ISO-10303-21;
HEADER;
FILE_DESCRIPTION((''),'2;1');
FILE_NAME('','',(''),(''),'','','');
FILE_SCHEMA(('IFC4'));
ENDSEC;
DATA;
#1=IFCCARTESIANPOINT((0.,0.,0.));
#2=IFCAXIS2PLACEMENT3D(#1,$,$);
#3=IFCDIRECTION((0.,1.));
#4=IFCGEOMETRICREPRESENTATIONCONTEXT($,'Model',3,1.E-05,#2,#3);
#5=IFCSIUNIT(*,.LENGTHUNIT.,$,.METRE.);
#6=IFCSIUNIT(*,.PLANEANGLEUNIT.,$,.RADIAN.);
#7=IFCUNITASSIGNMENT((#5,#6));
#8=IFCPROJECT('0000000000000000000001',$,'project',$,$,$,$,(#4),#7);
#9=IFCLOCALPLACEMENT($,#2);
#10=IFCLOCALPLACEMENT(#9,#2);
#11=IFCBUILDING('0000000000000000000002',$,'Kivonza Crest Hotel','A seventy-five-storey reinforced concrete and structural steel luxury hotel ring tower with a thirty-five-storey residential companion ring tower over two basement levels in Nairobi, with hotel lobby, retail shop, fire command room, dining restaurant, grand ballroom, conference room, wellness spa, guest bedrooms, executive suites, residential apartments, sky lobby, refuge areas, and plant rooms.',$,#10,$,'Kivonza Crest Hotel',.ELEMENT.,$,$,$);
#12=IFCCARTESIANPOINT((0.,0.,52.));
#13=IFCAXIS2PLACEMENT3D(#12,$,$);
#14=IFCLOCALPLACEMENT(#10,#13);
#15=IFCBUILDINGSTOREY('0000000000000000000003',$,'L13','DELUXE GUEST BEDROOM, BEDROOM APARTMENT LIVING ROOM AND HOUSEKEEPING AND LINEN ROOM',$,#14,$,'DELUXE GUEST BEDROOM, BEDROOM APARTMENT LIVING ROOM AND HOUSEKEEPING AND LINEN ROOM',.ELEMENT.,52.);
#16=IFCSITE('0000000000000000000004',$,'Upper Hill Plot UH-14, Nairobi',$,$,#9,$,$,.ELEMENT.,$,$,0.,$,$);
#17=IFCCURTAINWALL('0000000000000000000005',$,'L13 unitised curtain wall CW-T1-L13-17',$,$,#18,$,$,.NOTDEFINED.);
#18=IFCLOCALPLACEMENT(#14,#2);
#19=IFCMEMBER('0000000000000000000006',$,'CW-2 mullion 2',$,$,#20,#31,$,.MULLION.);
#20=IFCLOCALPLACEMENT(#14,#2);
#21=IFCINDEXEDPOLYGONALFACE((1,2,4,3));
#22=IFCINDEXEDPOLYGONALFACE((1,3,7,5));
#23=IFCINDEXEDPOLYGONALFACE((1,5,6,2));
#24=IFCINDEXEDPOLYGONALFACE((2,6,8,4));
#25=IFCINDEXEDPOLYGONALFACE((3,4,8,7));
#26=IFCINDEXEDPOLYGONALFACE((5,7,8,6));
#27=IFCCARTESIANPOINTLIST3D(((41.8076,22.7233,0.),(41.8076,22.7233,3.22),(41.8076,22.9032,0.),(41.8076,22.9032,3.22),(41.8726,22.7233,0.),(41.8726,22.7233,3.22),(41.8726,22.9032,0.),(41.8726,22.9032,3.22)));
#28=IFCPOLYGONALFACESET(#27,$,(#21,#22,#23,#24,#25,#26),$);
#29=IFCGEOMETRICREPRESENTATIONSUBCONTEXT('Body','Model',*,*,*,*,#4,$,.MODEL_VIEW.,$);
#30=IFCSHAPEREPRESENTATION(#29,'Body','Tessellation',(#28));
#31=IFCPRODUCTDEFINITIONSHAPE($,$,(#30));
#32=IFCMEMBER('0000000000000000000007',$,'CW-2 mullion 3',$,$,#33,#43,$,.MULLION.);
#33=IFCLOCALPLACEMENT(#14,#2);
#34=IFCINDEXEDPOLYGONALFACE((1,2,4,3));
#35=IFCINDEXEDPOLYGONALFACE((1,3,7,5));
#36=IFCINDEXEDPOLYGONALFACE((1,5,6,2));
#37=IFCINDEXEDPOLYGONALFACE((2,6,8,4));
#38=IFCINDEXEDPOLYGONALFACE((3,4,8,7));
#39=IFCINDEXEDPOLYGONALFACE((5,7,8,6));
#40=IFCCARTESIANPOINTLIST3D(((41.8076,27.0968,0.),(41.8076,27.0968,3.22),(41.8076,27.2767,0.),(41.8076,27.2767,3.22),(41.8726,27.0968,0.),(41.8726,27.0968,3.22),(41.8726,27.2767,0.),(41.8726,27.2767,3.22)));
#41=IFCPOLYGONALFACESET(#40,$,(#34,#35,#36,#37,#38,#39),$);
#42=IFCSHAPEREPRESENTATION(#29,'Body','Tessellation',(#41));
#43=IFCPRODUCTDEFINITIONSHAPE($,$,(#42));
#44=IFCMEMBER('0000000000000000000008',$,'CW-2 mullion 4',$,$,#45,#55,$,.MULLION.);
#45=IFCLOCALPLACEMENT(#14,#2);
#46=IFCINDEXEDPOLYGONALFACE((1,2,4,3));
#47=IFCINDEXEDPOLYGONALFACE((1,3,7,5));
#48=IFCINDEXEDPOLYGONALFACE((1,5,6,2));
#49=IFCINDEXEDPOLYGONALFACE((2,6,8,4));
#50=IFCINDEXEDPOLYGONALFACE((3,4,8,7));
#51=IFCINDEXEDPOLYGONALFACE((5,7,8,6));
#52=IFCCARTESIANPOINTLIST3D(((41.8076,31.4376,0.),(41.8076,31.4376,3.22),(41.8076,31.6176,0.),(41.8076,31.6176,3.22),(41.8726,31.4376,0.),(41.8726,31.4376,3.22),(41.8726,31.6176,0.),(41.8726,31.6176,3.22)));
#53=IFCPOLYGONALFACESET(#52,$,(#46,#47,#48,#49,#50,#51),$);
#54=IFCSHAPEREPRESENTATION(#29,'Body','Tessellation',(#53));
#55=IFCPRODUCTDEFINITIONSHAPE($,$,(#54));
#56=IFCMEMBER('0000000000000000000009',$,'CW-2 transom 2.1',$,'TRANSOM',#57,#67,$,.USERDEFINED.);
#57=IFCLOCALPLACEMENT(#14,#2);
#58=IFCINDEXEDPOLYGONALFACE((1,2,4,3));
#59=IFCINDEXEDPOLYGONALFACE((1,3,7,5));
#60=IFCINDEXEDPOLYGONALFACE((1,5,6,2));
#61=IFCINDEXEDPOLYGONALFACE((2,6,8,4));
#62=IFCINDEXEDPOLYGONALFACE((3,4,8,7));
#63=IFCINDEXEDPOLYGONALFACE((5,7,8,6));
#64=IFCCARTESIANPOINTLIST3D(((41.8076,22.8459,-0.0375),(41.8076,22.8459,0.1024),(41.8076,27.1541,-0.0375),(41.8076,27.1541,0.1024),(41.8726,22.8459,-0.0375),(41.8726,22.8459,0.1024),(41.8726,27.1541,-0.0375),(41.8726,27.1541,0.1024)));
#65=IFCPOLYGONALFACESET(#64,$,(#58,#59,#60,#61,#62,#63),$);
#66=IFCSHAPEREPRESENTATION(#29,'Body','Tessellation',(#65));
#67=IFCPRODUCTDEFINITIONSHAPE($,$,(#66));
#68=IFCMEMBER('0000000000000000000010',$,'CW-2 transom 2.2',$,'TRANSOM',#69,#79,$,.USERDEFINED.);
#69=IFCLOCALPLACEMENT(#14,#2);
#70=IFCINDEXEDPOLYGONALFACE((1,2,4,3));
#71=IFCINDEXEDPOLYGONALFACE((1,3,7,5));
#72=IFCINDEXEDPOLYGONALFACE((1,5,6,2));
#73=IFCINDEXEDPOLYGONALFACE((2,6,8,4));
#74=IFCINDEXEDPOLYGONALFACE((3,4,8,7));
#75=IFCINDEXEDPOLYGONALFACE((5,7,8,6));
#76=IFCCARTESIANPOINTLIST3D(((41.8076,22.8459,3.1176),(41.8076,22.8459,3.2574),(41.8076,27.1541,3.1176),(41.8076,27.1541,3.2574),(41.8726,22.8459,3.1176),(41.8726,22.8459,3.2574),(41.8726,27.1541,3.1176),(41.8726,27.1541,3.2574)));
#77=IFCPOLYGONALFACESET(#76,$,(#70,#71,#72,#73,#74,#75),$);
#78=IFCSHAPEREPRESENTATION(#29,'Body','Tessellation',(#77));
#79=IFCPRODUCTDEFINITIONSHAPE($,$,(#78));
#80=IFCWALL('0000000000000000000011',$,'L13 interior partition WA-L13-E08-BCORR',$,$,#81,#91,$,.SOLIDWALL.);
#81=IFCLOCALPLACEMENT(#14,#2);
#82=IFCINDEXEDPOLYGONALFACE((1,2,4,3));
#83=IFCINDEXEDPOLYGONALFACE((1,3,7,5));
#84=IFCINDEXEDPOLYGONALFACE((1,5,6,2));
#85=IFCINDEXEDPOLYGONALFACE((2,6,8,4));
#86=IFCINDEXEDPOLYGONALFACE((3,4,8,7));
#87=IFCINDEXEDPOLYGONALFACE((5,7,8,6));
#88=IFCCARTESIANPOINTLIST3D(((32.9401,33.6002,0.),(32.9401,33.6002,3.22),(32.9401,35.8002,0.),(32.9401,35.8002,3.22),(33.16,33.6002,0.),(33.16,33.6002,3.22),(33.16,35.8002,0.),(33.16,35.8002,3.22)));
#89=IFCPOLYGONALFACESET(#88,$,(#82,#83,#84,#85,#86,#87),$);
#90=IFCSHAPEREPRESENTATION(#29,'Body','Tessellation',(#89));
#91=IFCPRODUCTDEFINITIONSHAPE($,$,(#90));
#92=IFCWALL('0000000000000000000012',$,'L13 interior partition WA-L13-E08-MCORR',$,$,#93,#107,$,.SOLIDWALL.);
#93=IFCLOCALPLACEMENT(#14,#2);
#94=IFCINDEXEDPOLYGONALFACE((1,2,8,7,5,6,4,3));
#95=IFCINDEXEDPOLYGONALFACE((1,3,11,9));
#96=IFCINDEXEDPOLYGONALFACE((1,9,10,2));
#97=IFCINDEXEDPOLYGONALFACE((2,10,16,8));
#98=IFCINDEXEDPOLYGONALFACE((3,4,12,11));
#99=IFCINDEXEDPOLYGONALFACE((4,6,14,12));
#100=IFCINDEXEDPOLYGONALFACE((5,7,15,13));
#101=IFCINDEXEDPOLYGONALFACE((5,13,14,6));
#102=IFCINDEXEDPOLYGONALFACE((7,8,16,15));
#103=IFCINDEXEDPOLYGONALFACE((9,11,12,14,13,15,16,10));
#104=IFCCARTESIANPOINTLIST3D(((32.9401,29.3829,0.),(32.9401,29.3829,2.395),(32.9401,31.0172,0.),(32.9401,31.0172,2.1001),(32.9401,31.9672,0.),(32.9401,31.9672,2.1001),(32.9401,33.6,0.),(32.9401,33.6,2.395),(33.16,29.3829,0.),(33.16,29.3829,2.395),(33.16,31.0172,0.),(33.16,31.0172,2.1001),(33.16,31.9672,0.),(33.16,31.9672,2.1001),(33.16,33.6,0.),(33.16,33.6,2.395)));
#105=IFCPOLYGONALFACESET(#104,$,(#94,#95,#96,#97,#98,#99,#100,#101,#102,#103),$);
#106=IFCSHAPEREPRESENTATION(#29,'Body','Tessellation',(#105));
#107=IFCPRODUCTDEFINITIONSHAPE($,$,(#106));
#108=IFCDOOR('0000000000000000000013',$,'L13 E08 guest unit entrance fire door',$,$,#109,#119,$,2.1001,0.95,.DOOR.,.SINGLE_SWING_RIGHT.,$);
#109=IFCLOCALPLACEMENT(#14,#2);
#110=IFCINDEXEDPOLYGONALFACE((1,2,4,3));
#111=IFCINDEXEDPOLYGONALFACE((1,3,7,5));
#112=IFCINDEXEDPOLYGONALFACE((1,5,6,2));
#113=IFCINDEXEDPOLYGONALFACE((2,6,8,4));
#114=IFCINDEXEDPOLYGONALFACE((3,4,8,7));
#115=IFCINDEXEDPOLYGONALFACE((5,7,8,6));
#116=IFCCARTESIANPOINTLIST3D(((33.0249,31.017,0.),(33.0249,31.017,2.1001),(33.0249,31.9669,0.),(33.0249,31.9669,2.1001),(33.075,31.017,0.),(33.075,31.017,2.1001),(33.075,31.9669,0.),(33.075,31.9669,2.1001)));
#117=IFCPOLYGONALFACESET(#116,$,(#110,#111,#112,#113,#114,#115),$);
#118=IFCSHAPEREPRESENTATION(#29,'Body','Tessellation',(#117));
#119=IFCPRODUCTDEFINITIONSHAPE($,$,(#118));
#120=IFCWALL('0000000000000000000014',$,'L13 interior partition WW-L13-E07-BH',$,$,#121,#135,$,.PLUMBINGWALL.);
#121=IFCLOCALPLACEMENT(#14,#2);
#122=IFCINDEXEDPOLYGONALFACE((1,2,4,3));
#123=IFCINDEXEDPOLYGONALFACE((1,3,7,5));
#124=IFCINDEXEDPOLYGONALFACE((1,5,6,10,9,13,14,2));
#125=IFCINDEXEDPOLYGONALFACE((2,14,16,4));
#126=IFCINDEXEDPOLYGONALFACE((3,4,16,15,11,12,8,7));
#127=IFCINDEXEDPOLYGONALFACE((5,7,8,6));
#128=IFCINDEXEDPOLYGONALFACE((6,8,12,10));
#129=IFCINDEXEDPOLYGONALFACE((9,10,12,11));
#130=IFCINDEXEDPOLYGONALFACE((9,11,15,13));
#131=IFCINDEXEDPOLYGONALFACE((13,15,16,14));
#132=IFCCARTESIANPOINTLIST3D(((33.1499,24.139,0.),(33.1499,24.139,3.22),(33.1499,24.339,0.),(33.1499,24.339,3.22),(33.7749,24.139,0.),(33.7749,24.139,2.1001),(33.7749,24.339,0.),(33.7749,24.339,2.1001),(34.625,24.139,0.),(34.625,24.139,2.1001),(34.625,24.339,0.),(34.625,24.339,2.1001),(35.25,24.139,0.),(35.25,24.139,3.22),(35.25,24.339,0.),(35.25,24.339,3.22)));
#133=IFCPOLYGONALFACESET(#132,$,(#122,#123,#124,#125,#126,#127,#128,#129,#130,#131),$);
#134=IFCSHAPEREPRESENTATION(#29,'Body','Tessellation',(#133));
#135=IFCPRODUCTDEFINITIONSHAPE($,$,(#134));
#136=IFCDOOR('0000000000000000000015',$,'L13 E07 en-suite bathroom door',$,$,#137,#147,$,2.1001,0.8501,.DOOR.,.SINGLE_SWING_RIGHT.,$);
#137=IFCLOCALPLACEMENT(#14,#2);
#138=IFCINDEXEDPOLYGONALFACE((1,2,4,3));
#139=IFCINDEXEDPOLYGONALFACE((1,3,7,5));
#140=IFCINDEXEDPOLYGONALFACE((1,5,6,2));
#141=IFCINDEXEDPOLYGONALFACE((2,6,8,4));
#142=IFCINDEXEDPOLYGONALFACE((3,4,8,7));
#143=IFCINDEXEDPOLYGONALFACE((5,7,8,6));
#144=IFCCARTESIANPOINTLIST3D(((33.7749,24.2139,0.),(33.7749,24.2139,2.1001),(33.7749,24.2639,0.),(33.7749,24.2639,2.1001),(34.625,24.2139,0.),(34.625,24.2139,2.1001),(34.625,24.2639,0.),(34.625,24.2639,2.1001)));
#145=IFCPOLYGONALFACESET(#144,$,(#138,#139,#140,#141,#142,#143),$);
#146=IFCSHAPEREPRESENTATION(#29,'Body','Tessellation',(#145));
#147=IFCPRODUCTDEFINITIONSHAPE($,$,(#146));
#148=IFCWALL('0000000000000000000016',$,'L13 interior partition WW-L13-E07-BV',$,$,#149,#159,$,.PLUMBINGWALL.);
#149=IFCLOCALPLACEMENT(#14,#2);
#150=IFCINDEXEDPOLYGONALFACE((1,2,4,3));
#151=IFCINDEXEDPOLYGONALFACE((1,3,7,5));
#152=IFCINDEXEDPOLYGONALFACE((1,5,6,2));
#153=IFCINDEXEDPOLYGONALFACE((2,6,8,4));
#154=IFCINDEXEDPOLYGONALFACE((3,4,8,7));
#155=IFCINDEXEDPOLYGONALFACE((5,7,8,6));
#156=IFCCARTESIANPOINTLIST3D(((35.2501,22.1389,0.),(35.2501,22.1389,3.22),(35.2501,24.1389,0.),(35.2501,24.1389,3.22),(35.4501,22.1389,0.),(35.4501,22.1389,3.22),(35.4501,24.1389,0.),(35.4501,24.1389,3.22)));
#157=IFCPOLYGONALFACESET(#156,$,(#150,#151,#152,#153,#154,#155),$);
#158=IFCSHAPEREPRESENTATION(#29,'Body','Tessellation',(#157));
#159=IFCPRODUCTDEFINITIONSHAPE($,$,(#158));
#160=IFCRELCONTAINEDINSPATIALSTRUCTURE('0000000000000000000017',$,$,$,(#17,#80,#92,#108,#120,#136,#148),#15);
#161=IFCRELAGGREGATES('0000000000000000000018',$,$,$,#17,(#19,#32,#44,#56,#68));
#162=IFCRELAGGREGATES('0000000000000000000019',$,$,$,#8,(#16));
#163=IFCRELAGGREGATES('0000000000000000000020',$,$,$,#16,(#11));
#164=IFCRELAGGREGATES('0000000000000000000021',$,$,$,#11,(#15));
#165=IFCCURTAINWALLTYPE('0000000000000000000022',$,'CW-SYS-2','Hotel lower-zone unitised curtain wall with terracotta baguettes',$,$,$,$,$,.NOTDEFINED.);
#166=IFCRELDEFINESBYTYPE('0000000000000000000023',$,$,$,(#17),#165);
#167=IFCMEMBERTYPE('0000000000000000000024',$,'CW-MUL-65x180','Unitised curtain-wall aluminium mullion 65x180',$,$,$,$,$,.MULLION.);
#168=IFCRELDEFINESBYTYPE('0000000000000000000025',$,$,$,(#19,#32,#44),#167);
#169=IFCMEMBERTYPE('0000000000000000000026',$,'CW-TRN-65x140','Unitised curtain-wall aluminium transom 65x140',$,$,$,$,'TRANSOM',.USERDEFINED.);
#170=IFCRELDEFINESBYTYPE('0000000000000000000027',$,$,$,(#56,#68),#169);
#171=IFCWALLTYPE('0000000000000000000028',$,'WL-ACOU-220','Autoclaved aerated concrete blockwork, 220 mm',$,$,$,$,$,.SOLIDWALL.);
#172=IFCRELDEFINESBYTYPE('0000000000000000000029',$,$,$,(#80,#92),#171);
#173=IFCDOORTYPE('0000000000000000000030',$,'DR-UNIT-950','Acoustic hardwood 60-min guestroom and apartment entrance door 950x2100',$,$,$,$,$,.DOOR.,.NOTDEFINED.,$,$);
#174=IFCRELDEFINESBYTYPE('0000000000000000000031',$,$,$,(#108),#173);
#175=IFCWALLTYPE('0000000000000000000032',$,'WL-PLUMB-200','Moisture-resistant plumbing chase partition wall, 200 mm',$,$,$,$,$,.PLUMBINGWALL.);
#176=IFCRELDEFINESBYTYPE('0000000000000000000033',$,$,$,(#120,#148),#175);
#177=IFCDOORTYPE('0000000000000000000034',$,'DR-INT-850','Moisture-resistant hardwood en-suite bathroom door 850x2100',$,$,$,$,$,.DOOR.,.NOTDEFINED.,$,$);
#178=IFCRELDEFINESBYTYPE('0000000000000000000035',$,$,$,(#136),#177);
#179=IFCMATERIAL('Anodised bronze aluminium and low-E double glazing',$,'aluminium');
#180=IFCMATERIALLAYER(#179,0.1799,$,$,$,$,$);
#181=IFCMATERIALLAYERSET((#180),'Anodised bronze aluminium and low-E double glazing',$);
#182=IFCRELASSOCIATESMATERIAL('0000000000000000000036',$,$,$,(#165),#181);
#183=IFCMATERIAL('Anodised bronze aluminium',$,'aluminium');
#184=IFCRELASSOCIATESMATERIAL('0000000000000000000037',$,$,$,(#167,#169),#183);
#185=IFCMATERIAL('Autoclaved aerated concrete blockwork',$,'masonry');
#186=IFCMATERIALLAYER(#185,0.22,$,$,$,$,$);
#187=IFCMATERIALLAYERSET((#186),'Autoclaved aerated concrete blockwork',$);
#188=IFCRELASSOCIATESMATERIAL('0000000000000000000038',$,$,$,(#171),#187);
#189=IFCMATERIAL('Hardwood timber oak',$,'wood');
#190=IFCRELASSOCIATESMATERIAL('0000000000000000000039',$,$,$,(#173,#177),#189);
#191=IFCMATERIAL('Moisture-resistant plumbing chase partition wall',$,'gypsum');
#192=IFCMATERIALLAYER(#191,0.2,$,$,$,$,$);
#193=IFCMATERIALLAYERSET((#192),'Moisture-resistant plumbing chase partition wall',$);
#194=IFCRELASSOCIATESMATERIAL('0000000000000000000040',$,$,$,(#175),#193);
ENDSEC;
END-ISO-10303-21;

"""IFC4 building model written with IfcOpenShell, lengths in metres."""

from ifc_helpers import new_model, si_unit, direction, frame, frame_2d, origin, origin_2d, place, context, subcontext, project, spatial, rectangle, extrude, material, layer, layer_set, material_profile, profile_set, type_object, element, fill, aggregate, save


model = new_model("IFC4")

# Units and contexts
model_context = context("Model", 3, precision=1e-05, world=origin(), true_north=direction((0.0, 1.0)))
body_context = subcontext(model_context, "Body", "Model", "MODEL_VIEW")
ifc_project = project(units=[si_unit("LENGTHUNIT", "METRE"), si_unit("PLANEANGLEUNIT", "RADIAN")], contexts=[model_context])

# Site, building, storey
site_placement = place(None, origin())
site = spatial("IfcSite", under=ifc_project, at=site_placement, Name="Upper Hill Plot UH-14, Nairobi", CompositionType="ELEMENT", RefElevation=0.0)
building_placement = place(site_placement, origin())
building = spatial("IfcBuilding", under=site, at=building_placement, Name="Kivonza Crest Hotel", Description="A seventy-five-storey reinforced concrete and structural steel luxury hotel ring tower with a thirty-five-storey residential companion ring tower over two basement levels in Nairobi, with hotel lobby, retail shop, fire command room, dining restaurant, grand ballroom, conference room, wellness spa, guest bedrooms, executive suites, residential apartments, sky lobby, refuge areas, and plant rooms.", LongName="Kivonza Crest Hotel", CompositionType="ELEMENT")
storey_placement = place(building_placement, frame((0.0, 0.0, 52.0)))
storey = spatial("IfcBuildingStorey", under=building, at=storey_placement, Name="L13", Description="DELUXE GUEST BEDROOM, BEDROOM APARTMENT LIVING ROOM AND HOUSEKEEPING AND LINEN ROOM", LongName="DELUXE GUEST BEDROOM, BEDROOM APARTMENT LIVING ROOM AND HOUSEKEEPING AND LINEN ROOM", CompositionType="ELEMENT", Elevation=52.0)

# Curtain wall, members
ifc_material_1 = material(Name="Anodised bronze aluminium and low-E double glazing", Category="aluminium")
ifc_layer_1 = layer(ifc_material_1, 0.1799)
ifc_layer_set_1 = layer_set([ifc_layer_1], Name="Anodised bronze aluminium and low-E double glazing")
curtain_wall_type = type_object("IfcCurtainWallType", Name="CW-SYS-2", Description="Hotel lower-zone unitised curtain wall with terracotta baguettes", PredefinedType="NOTDEFINED", material=ifc_layer_set_1)
curtain_wall_placement = place(storey_placement, origin())
curtain_wall = element("IfcCurtainWall", 1, at=curtain_wall_placement, inside=storey, type_object=curtain_wall_type, Name="L13 unitised curtain wall CW-T1-L13-17", PredefinedType="NOTDEFINED")
ifc_material_2 = material(Name="Anodised bronze aluminium", Category="aluminium")
ifc_material_profile_1 = material_profile(ifc_material_2, rectangle(XDim=0.0649, YDim=0.1799, at=origin_2d()), Name="CW-M 65x180")
ifc_profile_set_1 = profile_set([ifc_material_profile_1], Name="Anodised bronze aluminium")
member_type_1 = type_object("IfcMemberType", Name="CW-MUL-65x180", Description="Unitised curtain-wall aluminium mullion 65x180", PredefinedType="MULLION", material=ifc_profile_set_1)
member_1_placement = place(storey_placement, frame((41.8401, 22.8132, 0.0), z_axis=(0.0, 0.0, 1.0), x_axis=(-1.0, 0.0, 0.0)))
member_1 = element("IfcMember", 2, at=member_1_placement, type_object=member_type_1, Name="CW-2 mullion 2", PredefinedType="MULLION", context=body_context, shape_type="SweptSolid", body=[
    extrude(rectangle(XDim=0.0649, YDim=0.1799, at=origin_2d()), origin(), (0.0, 0.0, 1.0), 3.22),
])
member_2_placement = place(storey_placement, frame((41.8401, 27.1868, 0.0), z_axis=(0.0, 0.0, 1.0), x_axis=(-1.0, 0.0, 0.0)))
member_2 = element("IfcMember", 3, at=member_2_placement, type_object=member_type_1, Name="CW-2 mullion 3", PredefinedType="MULLION", context=body_context, shape_type="SweptSolid", body=[
    extrude(rectangle(XDim=0.0649, YDim=0.1799, at=origin_2d()), origin(), (0.0, 0.0, 1.0), 3.22),
])
member_3_placement = place(storey_placement, frame((41.8401, 31.5276, 0.0), z_axis=(0.0, 0.0, 1.0), x_axis=(-1.0, 0.0, 0.0)))
member_3 = element("IfcMember", 4, at=member_3_placement, type_object=member_type_1, Name="CW-2 mullion 4", PredefinedType="MULLION", context=body_context, shape_type="SweptSolid", body=[
    extrude(rectangle(XDim=0.0649, YDim=0.1799, at=origin_2d()), origin(), (0.0, 0.0, 1.0), 3.22),
])
ifc_material_profile_2 = material_profile(ifc_material_2, rectangle(XDim=0.0649, YDim=0.1399, at=origin_2d()), Name="CW-T 65x140")
ifc_profile_set_2 = profile_set([ifc_material_profile_2], Name="Anodised bronze aluminium")
member_type_2 = type_object("IfcMemberType", Name="CW-TRN-65x140", Description="Unitised curtain-wall aluminium transom 65x140", ElementType="TRANSOM", PredefinedType="USERDEFINED", material=ifc_profile_set_2)
member_4_placement = place(storey_placement, frame((41.8401, 22.8459, 0.0325), z_axis=(0.0, 1.0, 0.0), x_axis=(-1.0, 0.0, 0.0)))
member_4 = element("IfcMember", 5, at=member_4_placement, type_object=member_type_2, Name="CW-2 transom 2.1", ObjectType="TRANSOM", PredefinedType="USERDEFINED", context=body_context, shape_type="SweptSolid", body=[
    extrude(rectangle(XDim=0.0649, YDim=0.1399, at=origin_2d()), origin(), (0.0, 0.0, 1.0), 4.3081),
])
member_5_placement = place(storey_placement, frame((41.8401, 22.8459, 3.1875), z_axis=(0.0, 1.0, 0.0), x_axis=(-1.0, 0.0, 0.0)))
member_5 = element("IfcMember", 6, at=member_5_placement, type_object=member_type_2, Name="CW-2 transom 2.2", ObjectType="TRANSOM", PredefinedType="USERDEFINED", context=body_context, shape_type="SweptSolid", body=[
    extrude(rectangle(XDim=0.0649, YDim=0.1399, at=origin_2d()), origin(), (0.0, 0.0, 1.0), 4.3081),
])
aggregate(curtain_wall, [member_1, member_2, member_3, member_4, member_5])

# Wall
ifc_material_3 = material(Name="Autoclaved aerated concrete blockwork", Category="masonry")
ifc_layer_2 = layer(ifc_material_3, 0.22)
ifc_layer_set_2 = layer_set([ifc_layer_2], Name="Autoclaved aerated concrete blockwork")
wall_type_1 = type_object("IfcWallType", Name="WL-ACOU-220", Description="Autoclaved aerated concrete blockwork, 220 mm", PredefinedType="SOLIDWALL", material=ifc_layer_set_2)
wall_1_placement = place(storey_placement, frame((33.05, 33.6001, 0.0), z_axis=(0.0, 0.0, 1.0), x_axis=(0.0, 1.0, 0.0)))
element("IfcWall", 7, at=wall_1_placement, inside=storey, type_object=wall_type_1, Name="L13 interior partition WA-L13-E08-BCORR", PredefinedType="SOLIDWALL", context=body_context, shape_type="SweptSolid", body=[
    extrude(rectangle(XDim=2.2, YDim=0.22, at=frame_2d((1.1001, 0.0))), origin(), (0.0, 0.0, 1.0), 3.22),
])

# Walls, openings, doors
wall_2_placement = place(storey_placement, frame((33.05, 29.3831, 0.0), z_axis=(0.0, 0.0, 1.0), x_axis=(0.0, 1.0, 0.0)))
wall_2 = element("IfcWall", 8, at=wall_2_placement, inside=storey, type_object=wall_type_1, Name="L13 interior partition WA-L13-E08-MCORR", PredefinedType="SOLIDWALL", context=body_context, shape_type="SweptSolid", body=[
    extrude(rectangle(XDim=4.217, YDim=0.22, at=frame_2d((2.1084, 0.0))), origin(), (0.0, 0.0, 1.0), 2.395),
])
opening_1_placement = place(wall_2_placement, frame((1.634, 0.0, 0.0)))
opening_1 = element("IfcOpeningElement", 9, at=opening_1_placement, cuts=wall_2, PredefinedType="OPENING", context=body_context, shape_type="SweptSolid", body=[
    extrude(rectangle(XDim=0.95, YDim=2.1001, at=frame_2d((0.4751, 1.05))), frame((0.0, 0.1201, 0.0), z_axis=(0.0, -1.0, 0.0), x_axis=(1.0, 0.0, 0.0)), (0.0, 0.0, 1.0), 0.24),
])
ifc_material_4 = material(Name="Hardwood timber oak", Category="wood")
door_type_1 = type_object("IfcDoorType", Name="DR-UNIT-950", Description="Acoustic hardwood 60-min guestroom and apartment entrance door 950x2100", OperationType="NOTDEFINED", PredefinedType="DOOR", material=ifc_material_4)
door_1_placement = place(opening_1_placement, frame((0.95, 0.0, 0.0), z_axis=(0.0, 0.0, 1.0), x_axis=(-1.0, 0.0, 0.0)))
door_1 = element("IfcDoor", 10, at=door_1_placement, inside=storey, type_object=door_type_1, Name="L13 E08 guest unit entrance fire door", OperationType="SINGLE_SWING_RIGHT", OverallHeight=2.1001, OverallWidth=0.95, PredefinedType="DOOR", context=body_context, shape_type="SweptSolid", body=[
    extrude(rectangle(XDim=0.95, YDim=2.1001, at=frame_2d((0.4751, 1.05))), frame((0.0, 0.0249, 0.0), z_axis=(0.0, -1.0, 0.0), x_axis=(1.0, 0.0, 0.0)), (0.0, 0.0, 1.0), 0.05),
])
fill(opening_1, door_1)
ifc_material_5 = material(Name="Moisture-resistant plumbing chase partition wall", Category="gypsum")
ifc_layer_3 = layer(ifc_material_5, 0.2)
ifc_layer_set_3 = layer_set([ifc_layer_3], Name="Moisture-resistant plumbing chase partition wall")
wall_type_2 = type_object("IfcWallType", Name="WL-PLUMB-200", Description="Moisture-resistant plumbing chase partition wall, 200 mm", PredefinedType="PLUMBINGWALL", material=ifc_layer_set_3)
wall_3_placement = place(storey_placement, frame((33.1499, 24.239, 0.0), z_axis=(0.0, 0.0, 1.0), x_axis=(1.0, 0.0, 0.0)))
wall_3 = element("IfcWall", 11, at=wall_3_placement, inside=storey, type_object=wall_type_2, Name="L13 interior partition WW-L13-E07-BH", PredefinedType="PLUMBINGWALL", context=body_context, shape_type="SweptSolid", body=[
    extrude(rectangle(XDim=2.1001, YDim=0.2, at=frame_2d((1.05, 0.0))), origin(), (0.0, 0.0, 1.0), 3.22),
])
opening_2_placement = place(wall_3_placement, frame((0.625, 0.0, 0.0)))
opening_2 = element("IfcOpeningElement", 12, at=opening_2_placement, cuts=wall_3, PredefinedType="OPENING", context=body_context, shape_type="SweptSolid", body=[
    extrude(rectangle(XDim=0.8501, YDim=2.1001, at=frame_2d((0.425, 1.05))), frame((0.0, 0.1099, 0.0), z_axis=(0.0, -1.0, 0.0), x_axis=(1.0, 0.0, 0.0)), (0.0, 0.0, 1.0), 0.22),
])
door_type_2 = type_object("IfcDoorType", Name="DR-INT-850", Description="Moisture-resistant hardwood en-suite bathroom door 850x2100", OperationType="NOTDEFINED", PredefinedType="DOOR", material=ifc_material_4)
door_2_placement = place(opening_2_placement, origin())
door_2 = element("IfcDoor", 13, at=door_2_placement, inside=storey, type_object=door_type_2, Name="L13 E07 en-suite bathroom door", OperationType="SINGLE_SWING_RIGHT", OverallHeight=2.1001, OverallWidth=0.8501, PredefinedType="DOOR", context=body_context, shape_type="SweptSolid", body=[
    extrude(rectangle(XDim=0.8501, YDim=2.1001, at=frame_2d((0.425, 1.05))), frame((0.0, 0.0249, 0.0), z_axis=(0.0, -1.0, 0.0), x_axis=(1.0, 0.0, 0.0)), (0.0, 0.0, 1.0), 0.05),
])
fill(opening_2, door_2)

# Wall
wall_4_placement = place(storey_placement, frame((35.3501, 22.1389, 0.0), z_axis=(0.0, 0.0, 1.0), x_axis=(0.0, 1.0, 0.0)))
element("IfcWall", 14, at=wall_4_placement, inside=storey, type_object=wall_type_2, Name="L13 interior partition WW-L13-E07-BV", PredefinedType="PLUMBINGWALL", context=body_context, shape_type="SweptSolid", body=[
    extrude(rectangle(XDim=2.0, YDim=0.2, at=frame_2d((1.0, 0.0))), origin(), (0.0, 0.0, 1.0), 3.22),
])

save(model, "model.ifc")
